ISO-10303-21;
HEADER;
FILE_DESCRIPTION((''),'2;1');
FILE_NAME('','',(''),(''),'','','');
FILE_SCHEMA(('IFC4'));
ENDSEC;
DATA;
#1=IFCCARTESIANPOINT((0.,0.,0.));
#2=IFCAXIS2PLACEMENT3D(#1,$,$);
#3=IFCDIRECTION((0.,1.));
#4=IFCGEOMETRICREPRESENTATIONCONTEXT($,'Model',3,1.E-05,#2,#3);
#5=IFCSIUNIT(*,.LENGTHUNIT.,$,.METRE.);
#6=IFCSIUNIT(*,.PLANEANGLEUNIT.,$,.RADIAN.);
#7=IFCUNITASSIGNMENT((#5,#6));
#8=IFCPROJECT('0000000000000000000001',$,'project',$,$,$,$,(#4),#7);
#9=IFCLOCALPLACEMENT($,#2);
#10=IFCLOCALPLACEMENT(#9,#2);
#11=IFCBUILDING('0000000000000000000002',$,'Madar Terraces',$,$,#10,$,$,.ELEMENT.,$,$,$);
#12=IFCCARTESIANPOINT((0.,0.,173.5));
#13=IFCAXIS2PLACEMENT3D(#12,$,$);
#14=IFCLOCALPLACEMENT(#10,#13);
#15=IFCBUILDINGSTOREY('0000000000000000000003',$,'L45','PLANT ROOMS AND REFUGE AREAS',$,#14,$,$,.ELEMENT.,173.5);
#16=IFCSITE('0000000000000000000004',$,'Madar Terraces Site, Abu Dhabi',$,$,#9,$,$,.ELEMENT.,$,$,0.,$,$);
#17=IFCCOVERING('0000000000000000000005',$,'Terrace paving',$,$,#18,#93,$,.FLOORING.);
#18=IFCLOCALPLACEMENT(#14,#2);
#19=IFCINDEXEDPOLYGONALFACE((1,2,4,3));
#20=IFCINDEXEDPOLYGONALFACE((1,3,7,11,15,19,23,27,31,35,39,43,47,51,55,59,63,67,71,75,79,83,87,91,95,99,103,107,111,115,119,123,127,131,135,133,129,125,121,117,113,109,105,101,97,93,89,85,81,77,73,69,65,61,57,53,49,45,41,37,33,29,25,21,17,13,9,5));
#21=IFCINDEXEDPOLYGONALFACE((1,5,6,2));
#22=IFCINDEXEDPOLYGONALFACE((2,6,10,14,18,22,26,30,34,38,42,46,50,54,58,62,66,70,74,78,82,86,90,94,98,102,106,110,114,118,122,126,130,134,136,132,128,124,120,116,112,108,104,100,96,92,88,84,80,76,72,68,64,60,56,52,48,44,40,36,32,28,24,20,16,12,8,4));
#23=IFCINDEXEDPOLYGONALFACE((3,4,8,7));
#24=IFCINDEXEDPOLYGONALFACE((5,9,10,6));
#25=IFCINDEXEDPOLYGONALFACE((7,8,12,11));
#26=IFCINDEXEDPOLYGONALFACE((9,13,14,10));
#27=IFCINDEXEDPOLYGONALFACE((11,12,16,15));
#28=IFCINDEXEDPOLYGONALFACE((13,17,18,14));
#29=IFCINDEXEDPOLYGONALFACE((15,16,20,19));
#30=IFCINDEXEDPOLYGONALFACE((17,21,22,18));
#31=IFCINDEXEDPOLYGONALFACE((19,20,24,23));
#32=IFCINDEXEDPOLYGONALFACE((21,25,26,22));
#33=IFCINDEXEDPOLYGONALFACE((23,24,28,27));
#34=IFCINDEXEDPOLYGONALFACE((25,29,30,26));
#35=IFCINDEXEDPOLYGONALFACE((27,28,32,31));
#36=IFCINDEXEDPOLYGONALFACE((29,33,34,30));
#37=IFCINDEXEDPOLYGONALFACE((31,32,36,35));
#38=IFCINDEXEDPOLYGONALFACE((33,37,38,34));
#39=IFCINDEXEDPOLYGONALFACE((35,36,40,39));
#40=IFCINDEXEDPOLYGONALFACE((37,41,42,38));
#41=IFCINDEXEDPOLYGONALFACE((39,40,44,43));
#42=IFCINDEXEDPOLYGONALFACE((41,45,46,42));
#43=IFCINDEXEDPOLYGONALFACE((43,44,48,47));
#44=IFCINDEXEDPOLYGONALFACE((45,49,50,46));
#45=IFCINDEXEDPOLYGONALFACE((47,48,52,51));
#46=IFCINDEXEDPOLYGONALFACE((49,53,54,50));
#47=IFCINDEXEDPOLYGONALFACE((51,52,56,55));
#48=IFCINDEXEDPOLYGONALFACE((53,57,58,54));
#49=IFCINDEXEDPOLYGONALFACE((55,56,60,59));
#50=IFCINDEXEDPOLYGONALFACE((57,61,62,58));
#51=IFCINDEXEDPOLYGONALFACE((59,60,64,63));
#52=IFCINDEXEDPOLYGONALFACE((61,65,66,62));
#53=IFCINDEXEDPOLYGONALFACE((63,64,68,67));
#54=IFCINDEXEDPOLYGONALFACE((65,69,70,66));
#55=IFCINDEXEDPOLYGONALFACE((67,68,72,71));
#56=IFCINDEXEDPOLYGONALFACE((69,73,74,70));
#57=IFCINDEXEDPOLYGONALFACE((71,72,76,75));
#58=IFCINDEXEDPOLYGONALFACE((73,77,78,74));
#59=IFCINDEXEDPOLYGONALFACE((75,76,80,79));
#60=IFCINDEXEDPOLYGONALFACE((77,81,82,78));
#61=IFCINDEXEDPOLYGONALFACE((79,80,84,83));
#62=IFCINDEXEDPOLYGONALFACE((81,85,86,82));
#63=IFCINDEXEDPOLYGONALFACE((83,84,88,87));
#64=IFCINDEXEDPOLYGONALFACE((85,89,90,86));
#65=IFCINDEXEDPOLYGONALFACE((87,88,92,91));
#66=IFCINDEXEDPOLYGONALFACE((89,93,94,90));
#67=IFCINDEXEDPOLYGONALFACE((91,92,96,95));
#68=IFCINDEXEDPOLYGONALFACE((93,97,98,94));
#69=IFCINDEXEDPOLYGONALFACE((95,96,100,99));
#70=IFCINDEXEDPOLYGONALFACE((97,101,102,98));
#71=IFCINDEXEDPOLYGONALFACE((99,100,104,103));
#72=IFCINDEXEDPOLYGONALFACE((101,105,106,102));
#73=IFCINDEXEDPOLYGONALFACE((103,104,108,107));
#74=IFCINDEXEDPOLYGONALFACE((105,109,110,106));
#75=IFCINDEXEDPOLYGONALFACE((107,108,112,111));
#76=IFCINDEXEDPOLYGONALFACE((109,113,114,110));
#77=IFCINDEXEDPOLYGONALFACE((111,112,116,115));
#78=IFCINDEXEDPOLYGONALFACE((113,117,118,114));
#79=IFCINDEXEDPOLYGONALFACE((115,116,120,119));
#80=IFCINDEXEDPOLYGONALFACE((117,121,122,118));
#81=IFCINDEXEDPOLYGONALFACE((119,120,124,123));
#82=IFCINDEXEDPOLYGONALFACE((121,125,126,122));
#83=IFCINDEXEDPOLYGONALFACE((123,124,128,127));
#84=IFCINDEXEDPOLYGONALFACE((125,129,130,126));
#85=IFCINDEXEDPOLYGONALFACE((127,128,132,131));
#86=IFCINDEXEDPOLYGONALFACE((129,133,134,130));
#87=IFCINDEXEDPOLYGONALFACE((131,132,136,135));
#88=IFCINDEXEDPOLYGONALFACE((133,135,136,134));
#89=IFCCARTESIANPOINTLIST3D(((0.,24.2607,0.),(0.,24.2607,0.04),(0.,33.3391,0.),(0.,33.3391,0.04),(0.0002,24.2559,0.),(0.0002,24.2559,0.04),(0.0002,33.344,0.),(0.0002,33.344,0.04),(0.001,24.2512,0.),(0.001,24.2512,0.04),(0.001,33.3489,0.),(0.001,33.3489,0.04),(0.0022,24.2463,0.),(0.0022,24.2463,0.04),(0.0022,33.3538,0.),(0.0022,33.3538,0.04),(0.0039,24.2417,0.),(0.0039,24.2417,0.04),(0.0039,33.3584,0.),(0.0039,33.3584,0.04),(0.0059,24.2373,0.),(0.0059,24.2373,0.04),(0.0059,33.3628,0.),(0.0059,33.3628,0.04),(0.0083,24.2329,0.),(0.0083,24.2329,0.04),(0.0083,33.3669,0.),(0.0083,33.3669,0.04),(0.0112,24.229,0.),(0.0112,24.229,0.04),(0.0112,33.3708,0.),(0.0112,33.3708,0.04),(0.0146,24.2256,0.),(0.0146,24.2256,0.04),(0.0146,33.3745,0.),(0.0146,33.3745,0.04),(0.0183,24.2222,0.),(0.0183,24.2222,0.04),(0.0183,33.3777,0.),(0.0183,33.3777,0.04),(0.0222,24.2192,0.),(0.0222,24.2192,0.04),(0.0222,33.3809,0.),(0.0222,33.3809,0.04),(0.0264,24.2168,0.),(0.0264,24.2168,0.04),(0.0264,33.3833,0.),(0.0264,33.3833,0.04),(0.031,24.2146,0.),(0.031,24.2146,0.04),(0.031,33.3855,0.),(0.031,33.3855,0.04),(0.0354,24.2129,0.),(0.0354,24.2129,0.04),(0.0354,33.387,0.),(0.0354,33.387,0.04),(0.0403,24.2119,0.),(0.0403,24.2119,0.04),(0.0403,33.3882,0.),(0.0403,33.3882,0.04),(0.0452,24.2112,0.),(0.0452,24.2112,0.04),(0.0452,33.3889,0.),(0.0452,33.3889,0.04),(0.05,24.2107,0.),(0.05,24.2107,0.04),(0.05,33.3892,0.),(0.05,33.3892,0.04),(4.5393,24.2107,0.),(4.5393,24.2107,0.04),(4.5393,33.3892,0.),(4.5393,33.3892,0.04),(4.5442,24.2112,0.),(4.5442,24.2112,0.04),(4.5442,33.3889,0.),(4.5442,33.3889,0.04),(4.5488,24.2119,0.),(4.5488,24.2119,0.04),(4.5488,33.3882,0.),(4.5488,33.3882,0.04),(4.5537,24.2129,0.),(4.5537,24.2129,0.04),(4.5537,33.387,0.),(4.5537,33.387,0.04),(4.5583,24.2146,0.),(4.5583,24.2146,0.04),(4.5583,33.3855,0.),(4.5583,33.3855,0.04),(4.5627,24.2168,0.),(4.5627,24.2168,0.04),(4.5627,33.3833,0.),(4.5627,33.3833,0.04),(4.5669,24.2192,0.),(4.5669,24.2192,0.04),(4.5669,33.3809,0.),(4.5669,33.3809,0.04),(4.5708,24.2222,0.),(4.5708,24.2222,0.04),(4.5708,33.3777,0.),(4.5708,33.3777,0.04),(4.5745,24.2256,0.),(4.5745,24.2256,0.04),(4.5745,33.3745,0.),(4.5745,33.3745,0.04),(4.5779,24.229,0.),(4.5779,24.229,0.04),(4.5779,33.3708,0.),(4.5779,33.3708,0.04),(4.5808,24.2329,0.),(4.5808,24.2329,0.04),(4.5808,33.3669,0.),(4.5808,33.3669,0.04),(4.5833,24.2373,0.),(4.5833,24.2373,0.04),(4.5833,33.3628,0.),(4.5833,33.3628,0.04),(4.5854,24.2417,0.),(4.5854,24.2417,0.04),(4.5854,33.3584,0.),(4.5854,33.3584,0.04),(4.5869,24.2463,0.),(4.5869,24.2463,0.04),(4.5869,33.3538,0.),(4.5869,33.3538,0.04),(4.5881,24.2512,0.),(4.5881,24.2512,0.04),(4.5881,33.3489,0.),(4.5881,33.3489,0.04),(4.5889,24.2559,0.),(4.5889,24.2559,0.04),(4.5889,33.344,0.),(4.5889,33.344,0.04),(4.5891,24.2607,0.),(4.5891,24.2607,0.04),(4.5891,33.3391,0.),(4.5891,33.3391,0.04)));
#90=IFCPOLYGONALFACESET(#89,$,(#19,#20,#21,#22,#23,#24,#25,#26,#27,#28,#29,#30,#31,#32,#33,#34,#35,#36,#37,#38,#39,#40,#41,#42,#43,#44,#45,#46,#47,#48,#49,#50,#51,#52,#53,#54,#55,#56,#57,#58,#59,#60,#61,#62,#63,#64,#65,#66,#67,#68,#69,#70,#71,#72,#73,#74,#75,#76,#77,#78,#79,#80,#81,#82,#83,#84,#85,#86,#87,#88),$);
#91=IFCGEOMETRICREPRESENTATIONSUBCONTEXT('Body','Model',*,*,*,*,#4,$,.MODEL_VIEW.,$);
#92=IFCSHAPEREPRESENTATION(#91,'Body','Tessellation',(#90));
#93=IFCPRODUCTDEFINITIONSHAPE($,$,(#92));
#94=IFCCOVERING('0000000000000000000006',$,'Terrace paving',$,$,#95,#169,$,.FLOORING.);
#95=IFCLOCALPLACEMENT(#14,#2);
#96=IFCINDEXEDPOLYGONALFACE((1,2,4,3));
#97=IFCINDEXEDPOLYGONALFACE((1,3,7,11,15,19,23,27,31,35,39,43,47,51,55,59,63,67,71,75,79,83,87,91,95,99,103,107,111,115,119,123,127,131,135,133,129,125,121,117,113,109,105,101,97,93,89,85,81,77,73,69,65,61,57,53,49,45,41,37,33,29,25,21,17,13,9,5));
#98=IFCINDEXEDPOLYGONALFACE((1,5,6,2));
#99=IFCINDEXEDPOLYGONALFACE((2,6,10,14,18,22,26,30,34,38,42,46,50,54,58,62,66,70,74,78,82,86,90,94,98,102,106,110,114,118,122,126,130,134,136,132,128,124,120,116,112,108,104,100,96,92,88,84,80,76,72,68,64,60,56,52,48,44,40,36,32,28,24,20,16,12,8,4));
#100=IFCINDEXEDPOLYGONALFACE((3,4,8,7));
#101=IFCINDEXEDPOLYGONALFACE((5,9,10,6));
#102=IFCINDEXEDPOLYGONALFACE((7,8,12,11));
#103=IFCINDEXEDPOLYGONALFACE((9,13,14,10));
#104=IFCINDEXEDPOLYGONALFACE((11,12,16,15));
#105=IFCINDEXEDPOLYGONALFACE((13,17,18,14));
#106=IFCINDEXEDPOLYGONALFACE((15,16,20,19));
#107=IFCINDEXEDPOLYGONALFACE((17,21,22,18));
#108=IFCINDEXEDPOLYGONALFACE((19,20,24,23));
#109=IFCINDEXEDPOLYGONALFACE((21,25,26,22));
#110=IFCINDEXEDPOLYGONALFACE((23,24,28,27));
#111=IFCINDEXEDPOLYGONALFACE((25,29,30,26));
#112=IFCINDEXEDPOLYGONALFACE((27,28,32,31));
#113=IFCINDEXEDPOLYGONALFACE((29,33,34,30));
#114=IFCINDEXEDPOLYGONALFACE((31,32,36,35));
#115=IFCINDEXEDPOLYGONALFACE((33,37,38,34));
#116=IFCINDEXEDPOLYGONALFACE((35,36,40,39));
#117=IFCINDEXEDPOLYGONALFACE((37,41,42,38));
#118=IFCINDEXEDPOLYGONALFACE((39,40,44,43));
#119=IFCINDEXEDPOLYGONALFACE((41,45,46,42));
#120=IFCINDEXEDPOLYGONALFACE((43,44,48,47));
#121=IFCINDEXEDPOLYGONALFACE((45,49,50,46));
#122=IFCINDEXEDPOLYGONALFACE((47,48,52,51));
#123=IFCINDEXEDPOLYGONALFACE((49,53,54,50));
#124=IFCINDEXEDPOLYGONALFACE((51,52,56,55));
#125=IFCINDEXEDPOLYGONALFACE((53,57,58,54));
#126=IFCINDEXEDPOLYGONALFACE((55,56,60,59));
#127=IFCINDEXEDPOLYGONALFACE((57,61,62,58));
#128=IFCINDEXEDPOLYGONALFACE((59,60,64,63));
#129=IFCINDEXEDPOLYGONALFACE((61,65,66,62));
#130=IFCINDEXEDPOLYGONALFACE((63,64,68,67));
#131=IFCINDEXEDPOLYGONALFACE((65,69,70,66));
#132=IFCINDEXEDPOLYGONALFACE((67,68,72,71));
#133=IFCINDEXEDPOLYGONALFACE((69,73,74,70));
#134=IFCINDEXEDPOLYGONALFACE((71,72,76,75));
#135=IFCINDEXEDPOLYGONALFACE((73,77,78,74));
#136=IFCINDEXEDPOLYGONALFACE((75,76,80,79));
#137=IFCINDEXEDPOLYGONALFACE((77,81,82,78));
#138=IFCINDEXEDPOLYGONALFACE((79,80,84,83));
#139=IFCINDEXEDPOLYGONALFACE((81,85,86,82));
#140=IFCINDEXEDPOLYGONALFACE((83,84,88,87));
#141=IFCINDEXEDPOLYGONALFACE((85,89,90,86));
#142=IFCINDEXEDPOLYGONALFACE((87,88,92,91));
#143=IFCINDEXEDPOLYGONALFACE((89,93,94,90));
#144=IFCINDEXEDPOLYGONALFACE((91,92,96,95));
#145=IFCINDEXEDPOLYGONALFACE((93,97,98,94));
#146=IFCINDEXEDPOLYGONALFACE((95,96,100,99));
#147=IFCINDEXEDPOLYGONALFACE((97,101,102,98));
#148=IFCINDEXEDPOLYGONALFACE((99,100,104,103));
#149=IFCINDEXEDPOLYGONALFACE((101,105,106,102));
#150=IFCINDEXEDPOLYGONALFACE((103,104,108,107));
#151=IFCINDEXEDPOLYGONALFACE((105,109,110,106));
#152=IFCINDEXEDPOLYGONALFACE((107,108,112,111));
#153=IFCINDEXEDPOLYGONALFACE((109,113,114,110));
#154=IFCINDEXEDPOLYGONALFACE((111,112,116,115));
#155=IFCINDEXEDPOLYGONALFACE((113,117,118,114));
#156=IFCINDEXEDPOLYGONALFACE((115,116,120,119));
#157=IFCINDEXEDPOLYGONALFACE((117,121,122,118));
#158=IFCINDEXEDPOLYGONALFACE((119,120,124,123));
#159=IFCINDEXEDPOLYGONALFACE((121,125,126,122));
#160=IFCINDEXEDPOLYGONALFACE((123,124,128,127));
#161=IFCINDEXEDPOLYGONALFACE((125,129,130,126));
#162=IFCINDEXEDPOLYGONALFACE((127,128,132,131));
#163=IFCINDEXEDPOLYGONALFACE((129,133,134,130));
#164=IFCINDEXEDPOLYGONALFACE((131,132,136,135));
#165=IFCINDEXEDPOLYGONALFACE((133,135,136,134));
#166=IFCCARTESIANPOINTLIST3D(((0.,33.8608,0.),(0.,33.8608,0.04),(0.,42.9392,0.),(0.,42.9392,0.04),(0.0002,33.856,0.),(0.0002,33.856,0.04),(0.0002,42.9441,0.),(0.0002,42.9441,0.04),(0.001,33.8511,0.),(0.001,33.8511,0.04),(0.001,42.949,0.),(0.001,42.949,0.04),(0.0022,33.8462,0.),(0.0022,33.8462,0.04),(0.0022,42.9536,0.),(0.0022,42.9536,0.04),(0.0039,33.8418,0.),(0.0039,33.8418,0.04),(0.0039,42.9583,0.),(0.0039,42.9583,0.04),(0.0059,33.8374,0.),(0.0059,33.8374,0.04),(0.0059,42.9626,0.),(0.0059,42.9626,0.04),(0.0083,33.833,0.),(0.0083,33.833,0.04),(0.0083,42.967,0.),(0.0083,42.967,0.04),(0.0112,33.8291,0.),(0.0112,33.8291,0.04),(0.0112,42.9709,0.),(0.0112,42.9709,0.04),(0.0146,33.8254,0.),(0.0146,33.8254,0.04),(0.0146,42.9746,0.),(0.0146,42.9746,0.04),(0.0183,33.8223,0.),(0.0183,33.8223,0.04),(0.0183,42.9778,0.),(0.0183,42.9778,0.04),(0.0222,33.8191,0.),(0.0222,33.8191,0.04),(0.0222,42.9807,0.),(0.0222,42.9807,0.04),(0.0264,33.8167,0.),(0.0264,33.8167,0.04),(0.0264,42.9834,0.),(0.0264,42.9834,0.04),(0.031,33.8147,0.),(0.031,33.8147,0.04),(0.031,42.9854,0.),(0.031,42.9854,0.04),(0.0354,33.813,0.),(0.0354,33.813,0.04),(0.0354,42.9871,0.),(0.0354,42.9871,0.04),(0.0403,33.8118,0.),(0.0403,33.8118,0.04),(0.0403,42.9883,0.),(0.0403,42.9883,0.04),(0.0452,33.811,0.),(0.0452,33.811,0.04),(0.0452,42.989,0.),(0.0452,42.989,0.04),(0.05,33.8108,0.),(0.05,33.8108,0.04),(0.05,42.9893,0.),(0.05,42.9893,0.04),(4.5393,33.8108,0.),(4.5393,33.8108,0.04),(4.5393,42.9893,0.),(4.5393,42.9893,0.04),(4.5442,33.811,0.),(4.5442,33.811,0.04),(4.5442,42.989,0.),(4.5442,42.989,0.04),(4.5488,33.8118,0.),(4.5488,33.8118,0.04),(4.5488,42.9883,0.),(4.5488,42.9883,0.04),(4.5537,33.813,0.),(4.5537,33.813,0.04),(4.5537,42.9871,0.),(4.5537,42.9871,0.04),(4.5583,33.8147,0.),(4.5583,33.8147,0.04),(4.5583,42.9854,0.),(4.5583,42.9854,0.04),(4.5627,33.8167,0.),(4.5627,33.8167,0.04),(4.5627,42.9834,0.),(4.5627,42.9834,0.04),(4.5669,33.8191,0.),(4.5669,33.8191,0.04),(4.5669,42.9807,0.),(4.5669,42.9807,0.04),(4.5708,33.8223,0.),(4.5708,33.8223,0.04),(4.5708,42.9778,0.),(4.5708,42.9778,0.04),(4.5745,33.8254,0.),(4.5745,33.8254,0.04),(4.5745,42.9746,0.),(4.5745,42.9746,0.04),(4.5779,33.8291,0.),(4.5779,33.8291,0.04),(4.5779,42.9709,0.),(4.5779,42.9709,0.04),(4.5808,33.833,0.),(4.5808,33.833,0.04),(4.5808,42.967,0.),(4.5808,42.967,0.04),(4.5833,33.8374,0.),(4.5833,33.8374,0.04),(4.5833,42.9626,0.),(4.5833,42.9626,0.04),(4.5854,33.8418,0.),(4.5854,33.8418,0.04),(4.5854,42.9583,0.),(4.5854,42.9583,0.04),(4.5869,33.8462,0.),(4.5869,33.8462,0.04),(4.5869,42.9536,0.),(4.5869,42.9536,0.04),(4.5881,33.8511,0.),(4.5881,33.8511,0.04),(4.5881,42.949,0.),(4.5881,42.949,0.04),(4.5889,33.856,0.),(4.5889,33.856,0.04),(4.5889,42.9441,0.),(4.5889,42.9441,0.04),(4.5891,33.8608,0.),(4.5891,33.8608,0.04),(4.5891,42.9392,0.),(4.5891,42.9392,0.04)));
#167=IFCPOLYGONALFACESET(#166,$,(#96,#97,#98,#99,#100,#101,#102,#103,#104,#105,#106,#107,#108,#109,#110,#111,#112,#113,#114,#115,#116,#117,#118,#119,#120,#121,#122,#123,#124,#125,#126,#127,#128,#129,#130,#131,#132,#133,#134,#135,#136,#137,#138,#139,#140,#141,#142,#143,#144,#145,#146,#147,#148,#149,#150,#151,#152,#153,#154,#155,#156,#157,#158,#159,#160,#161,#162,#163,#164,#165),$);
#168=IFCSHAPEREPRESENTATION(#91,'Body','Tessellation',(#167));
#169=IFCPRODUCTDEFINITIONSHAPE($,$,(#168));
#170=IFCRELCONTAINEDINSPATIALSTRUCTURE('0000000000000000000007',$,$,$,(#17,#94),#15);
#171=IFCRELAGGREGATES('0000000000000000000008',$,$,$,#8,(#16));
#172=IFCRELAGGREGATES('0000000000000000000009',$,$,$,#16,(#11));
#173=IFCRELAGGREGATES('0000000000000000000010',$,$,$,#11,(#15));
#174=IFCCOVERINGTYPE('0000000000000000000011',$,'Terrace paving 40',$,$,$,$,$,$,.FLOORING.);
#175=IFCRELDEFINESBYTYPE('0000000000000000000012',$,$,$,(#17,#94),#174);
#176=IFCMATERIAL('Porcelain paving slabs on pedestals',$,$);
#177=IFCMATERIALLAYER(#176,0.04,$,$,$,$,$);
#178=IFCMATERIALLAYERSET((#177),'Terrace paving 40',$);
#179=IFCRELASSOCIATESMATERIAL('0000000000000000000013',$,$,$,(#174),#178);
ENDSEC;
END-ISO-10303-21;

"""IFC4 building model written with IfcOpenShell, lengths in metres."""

from ifc_helpers import new_model, si_unit, direction, frame, origin, place, context, subcontext, project, spatial, polyline, outline, extrude, material, layer, layer_set, type_object, element, save


model = new_model("IFC4")

# Units and contexts
model_context = context("Model", 3, precision=1e-05, world=origin(), true_north=direction((0.0, 1.0)))
body_context = subcontext(model_context, "Body", "Model", "MODEL_VIEW")
ifc_project = project(units=[si_unit("LENGTHUNIT", "METRE"), si_unit("PLANEANGLEUNIT", "RADIAN")], contexts=[model_context])

# Site, building, storey
site_placement = place(None, origin())
site = spatial("IfcSite", under=ifc_project, at=site_placement, Name="Madar Terraces Site, Abu Dhabi", CompositionType="ELEMENT", RefElevation=0.0)
building_placement = place(site_placement, origin())
building = spatial("IfcBuilding", under=site, at=building_placement, Name="Madar Terraces", CompositionType="ELEMENT")
storey_placement = place(building_placement, frame((0.0, 0.0, 173.5)))
storey = spatial("IfcBuildingStorey", under=building, at=storey_placement, Name="L45", Description="PLANT ROOMS AND REFUGE AREAS", CompositionType="ELEMENT", Elevation=173.5)

# Coverings
ifc_material_1 = material(Name="Porcelain paving slabs on pedestals")
ifc_layer_1 = layer(ifc_material_1, 0.04)
ifc_layer_set_1 = layer_set([ifc_layer_1], Name="Terrace paving 40")
covering_type = type_object("IfcCoveringType", Name="Terrace paving 40", PredefinedType="FLOORING", material=ifc_layer_set_1)
covering_1_placement = place(storey_placement, origin())
element("IfcCovering", 1, at=covering_1_placement, inside=storey, type_object=covering_type, Name="Terrace paving", PredefinedType="FLOORING", context=body_context, shape_type="SweptSolid", body=[
    extrude(outline(polyline([(0.001, 33.3489), (0.0022, 33.3538), (0.0039, 33.3584), (0.0059, 33.3628), (0.0083, 33.3669), (0.0112, 33.3708), (0.0146, 33.3745), (0.0183, 33.3777), (0.0222, 33.3809), (0.0264, 33.3833), (0.031, 33.3855), (0.0354, 33.387), (0.0403, 33.3882), (0.0452, 33.3889), (0.05, 33.3892), (4.5393, 33.3892), (4.5442, 33.3889), (4.5488, 33.3882), (4.5537, 33.387), (4.5583, 33.3855), (4.5627, 33.3833), (4.5669, 33.3809), (4.5708, 33.3777), (4.5745, 33.3745), (4.5779, 33.3708), (4.5808, 33.3669), (4.5833, 33.3628), (4.5854, 33.3584), (4.5869, 33.3538), (4.5881, 33.3489), (4.5889, 33.344), (4.5891, 33.3391), (4.5891, 24.2607), (4.5889, 24.2559), (4.5881, 24.2512), (4.5869, 24.2463), (4.5854, 24.2417), (4.5833, 24.2373), (4.5808, 24.2329), (4.5779, 24.229), (4.5745, 24.2256), (4.5708, 24.2222), (4.5669, 24.2192), (4.5627, 24.2168), (4.5583, 24.2146), (4.5537, 24.2129), (4.5488, 24.2119), (4.5442, 24.2112), (4.5393, 24.2107), (0.05, 24.2107), (0.0452, 24.2112), (0.0403, 24.2119), (0.0354, 24.2129), (0.031, 24.2146), (0.0264, 24.2168), (0.0222, 24.2192), (0.0183, 24.2222), (0.0146, 24.2256), (0.0112, 24.229), (0.0083, 24.2329), (0.0059, 24.2373), (0.0039, 24.2417), (0.0022, 24.2463), (0.001, 24.2512), (0.0002, 24.2559), (0.0, 24.2607), (0.0, 33.3391), (0.0002, 33.344), (0.001, 33.3489)])), origin(), (0.0, 0.0, 1.0), 0.04),
])
covering_2_placement = place(storey_placement, origin())
element("IfcCovering", 2, at=covering_2_placement, inside=storey, type_object=covering_type, Name="Terrace paving", PredefinedType="FLOORING", context=body_context, shape_type="SweptSolid", body=[
    extrude(outline(polyline([(0.0022, 42.9536), (0.0039, 42.9583), (0.0059, 42.9626), (0.0083, 42.967), (0.0112, 42.9709), (0.0146, 42.9746), (0.0183, 42.9778), (0.0222, 42.9807), (0.0264, 42.9834), (0.031, 42.9854), (0.0354, 42.9871), (0.0403, 42.9883), (0.0452, 42.989), (0.05, 42.9893), (4.5393, 42.9893), (4.5442, 42.989), (4.5488, 42.9883), (4.5537, 42.9871), (4.5583, 42.9854), (4.5627, 42.9834), (4.5669, 42.9807), (4.5708, 42.9778), (4.5745, 42.9746), (4.5779, 42.9709), (4.5808, 42.967), (4.5833, 42.9626), (4.5854, 42.9583), (4.5869, 42.9536), (4.5881, 42.949), (4.5889, 42.9441), (4.5891, 42.9392), (4.5891, 33.8608), (4.5889, 33.856), (4.5881, 33.8511), (4.5869, 33.8462), (4.5854, 33.8418), (4.5833, 33.8374), (4.5808, 33.833), (4.5779, 33.8291), (4.5745, 33.8254), (4.5708, 33.8223), (4.5669, 33.8191), (4.5627, 33.8167), (4.5583, 33.8147), (4.5537, 33.813), (4.5488, 33.8118), (4.5442, 33.811), (4.5393, 33.8108), (0.05, 33.8108), (0.0452, 33.811), (0.0403, 33.8118), (0.0354, 33.813), (0.031, 33.8147), (0.0264, 33.8167), (0.0222, 33.8191), (0.0183, 33.8223), (0.0146, 33.8254), (0.0112, 33.8291), (0.0083, 33.833), (0.0059, 33.8374), (0.0039, 33.8418), (0.0022, 33.8462), (0.001, 33.8511), (0.0002, 33.856), (0.0, 33.8608), (0.0, 42.9392), (0.0002, 42.9441), (0.001, 42.949), (0.0022, 42.9536)])), origin(), (0.0, 0.0, 1.0), 0.04),
])

save(model, "model.ifc")
